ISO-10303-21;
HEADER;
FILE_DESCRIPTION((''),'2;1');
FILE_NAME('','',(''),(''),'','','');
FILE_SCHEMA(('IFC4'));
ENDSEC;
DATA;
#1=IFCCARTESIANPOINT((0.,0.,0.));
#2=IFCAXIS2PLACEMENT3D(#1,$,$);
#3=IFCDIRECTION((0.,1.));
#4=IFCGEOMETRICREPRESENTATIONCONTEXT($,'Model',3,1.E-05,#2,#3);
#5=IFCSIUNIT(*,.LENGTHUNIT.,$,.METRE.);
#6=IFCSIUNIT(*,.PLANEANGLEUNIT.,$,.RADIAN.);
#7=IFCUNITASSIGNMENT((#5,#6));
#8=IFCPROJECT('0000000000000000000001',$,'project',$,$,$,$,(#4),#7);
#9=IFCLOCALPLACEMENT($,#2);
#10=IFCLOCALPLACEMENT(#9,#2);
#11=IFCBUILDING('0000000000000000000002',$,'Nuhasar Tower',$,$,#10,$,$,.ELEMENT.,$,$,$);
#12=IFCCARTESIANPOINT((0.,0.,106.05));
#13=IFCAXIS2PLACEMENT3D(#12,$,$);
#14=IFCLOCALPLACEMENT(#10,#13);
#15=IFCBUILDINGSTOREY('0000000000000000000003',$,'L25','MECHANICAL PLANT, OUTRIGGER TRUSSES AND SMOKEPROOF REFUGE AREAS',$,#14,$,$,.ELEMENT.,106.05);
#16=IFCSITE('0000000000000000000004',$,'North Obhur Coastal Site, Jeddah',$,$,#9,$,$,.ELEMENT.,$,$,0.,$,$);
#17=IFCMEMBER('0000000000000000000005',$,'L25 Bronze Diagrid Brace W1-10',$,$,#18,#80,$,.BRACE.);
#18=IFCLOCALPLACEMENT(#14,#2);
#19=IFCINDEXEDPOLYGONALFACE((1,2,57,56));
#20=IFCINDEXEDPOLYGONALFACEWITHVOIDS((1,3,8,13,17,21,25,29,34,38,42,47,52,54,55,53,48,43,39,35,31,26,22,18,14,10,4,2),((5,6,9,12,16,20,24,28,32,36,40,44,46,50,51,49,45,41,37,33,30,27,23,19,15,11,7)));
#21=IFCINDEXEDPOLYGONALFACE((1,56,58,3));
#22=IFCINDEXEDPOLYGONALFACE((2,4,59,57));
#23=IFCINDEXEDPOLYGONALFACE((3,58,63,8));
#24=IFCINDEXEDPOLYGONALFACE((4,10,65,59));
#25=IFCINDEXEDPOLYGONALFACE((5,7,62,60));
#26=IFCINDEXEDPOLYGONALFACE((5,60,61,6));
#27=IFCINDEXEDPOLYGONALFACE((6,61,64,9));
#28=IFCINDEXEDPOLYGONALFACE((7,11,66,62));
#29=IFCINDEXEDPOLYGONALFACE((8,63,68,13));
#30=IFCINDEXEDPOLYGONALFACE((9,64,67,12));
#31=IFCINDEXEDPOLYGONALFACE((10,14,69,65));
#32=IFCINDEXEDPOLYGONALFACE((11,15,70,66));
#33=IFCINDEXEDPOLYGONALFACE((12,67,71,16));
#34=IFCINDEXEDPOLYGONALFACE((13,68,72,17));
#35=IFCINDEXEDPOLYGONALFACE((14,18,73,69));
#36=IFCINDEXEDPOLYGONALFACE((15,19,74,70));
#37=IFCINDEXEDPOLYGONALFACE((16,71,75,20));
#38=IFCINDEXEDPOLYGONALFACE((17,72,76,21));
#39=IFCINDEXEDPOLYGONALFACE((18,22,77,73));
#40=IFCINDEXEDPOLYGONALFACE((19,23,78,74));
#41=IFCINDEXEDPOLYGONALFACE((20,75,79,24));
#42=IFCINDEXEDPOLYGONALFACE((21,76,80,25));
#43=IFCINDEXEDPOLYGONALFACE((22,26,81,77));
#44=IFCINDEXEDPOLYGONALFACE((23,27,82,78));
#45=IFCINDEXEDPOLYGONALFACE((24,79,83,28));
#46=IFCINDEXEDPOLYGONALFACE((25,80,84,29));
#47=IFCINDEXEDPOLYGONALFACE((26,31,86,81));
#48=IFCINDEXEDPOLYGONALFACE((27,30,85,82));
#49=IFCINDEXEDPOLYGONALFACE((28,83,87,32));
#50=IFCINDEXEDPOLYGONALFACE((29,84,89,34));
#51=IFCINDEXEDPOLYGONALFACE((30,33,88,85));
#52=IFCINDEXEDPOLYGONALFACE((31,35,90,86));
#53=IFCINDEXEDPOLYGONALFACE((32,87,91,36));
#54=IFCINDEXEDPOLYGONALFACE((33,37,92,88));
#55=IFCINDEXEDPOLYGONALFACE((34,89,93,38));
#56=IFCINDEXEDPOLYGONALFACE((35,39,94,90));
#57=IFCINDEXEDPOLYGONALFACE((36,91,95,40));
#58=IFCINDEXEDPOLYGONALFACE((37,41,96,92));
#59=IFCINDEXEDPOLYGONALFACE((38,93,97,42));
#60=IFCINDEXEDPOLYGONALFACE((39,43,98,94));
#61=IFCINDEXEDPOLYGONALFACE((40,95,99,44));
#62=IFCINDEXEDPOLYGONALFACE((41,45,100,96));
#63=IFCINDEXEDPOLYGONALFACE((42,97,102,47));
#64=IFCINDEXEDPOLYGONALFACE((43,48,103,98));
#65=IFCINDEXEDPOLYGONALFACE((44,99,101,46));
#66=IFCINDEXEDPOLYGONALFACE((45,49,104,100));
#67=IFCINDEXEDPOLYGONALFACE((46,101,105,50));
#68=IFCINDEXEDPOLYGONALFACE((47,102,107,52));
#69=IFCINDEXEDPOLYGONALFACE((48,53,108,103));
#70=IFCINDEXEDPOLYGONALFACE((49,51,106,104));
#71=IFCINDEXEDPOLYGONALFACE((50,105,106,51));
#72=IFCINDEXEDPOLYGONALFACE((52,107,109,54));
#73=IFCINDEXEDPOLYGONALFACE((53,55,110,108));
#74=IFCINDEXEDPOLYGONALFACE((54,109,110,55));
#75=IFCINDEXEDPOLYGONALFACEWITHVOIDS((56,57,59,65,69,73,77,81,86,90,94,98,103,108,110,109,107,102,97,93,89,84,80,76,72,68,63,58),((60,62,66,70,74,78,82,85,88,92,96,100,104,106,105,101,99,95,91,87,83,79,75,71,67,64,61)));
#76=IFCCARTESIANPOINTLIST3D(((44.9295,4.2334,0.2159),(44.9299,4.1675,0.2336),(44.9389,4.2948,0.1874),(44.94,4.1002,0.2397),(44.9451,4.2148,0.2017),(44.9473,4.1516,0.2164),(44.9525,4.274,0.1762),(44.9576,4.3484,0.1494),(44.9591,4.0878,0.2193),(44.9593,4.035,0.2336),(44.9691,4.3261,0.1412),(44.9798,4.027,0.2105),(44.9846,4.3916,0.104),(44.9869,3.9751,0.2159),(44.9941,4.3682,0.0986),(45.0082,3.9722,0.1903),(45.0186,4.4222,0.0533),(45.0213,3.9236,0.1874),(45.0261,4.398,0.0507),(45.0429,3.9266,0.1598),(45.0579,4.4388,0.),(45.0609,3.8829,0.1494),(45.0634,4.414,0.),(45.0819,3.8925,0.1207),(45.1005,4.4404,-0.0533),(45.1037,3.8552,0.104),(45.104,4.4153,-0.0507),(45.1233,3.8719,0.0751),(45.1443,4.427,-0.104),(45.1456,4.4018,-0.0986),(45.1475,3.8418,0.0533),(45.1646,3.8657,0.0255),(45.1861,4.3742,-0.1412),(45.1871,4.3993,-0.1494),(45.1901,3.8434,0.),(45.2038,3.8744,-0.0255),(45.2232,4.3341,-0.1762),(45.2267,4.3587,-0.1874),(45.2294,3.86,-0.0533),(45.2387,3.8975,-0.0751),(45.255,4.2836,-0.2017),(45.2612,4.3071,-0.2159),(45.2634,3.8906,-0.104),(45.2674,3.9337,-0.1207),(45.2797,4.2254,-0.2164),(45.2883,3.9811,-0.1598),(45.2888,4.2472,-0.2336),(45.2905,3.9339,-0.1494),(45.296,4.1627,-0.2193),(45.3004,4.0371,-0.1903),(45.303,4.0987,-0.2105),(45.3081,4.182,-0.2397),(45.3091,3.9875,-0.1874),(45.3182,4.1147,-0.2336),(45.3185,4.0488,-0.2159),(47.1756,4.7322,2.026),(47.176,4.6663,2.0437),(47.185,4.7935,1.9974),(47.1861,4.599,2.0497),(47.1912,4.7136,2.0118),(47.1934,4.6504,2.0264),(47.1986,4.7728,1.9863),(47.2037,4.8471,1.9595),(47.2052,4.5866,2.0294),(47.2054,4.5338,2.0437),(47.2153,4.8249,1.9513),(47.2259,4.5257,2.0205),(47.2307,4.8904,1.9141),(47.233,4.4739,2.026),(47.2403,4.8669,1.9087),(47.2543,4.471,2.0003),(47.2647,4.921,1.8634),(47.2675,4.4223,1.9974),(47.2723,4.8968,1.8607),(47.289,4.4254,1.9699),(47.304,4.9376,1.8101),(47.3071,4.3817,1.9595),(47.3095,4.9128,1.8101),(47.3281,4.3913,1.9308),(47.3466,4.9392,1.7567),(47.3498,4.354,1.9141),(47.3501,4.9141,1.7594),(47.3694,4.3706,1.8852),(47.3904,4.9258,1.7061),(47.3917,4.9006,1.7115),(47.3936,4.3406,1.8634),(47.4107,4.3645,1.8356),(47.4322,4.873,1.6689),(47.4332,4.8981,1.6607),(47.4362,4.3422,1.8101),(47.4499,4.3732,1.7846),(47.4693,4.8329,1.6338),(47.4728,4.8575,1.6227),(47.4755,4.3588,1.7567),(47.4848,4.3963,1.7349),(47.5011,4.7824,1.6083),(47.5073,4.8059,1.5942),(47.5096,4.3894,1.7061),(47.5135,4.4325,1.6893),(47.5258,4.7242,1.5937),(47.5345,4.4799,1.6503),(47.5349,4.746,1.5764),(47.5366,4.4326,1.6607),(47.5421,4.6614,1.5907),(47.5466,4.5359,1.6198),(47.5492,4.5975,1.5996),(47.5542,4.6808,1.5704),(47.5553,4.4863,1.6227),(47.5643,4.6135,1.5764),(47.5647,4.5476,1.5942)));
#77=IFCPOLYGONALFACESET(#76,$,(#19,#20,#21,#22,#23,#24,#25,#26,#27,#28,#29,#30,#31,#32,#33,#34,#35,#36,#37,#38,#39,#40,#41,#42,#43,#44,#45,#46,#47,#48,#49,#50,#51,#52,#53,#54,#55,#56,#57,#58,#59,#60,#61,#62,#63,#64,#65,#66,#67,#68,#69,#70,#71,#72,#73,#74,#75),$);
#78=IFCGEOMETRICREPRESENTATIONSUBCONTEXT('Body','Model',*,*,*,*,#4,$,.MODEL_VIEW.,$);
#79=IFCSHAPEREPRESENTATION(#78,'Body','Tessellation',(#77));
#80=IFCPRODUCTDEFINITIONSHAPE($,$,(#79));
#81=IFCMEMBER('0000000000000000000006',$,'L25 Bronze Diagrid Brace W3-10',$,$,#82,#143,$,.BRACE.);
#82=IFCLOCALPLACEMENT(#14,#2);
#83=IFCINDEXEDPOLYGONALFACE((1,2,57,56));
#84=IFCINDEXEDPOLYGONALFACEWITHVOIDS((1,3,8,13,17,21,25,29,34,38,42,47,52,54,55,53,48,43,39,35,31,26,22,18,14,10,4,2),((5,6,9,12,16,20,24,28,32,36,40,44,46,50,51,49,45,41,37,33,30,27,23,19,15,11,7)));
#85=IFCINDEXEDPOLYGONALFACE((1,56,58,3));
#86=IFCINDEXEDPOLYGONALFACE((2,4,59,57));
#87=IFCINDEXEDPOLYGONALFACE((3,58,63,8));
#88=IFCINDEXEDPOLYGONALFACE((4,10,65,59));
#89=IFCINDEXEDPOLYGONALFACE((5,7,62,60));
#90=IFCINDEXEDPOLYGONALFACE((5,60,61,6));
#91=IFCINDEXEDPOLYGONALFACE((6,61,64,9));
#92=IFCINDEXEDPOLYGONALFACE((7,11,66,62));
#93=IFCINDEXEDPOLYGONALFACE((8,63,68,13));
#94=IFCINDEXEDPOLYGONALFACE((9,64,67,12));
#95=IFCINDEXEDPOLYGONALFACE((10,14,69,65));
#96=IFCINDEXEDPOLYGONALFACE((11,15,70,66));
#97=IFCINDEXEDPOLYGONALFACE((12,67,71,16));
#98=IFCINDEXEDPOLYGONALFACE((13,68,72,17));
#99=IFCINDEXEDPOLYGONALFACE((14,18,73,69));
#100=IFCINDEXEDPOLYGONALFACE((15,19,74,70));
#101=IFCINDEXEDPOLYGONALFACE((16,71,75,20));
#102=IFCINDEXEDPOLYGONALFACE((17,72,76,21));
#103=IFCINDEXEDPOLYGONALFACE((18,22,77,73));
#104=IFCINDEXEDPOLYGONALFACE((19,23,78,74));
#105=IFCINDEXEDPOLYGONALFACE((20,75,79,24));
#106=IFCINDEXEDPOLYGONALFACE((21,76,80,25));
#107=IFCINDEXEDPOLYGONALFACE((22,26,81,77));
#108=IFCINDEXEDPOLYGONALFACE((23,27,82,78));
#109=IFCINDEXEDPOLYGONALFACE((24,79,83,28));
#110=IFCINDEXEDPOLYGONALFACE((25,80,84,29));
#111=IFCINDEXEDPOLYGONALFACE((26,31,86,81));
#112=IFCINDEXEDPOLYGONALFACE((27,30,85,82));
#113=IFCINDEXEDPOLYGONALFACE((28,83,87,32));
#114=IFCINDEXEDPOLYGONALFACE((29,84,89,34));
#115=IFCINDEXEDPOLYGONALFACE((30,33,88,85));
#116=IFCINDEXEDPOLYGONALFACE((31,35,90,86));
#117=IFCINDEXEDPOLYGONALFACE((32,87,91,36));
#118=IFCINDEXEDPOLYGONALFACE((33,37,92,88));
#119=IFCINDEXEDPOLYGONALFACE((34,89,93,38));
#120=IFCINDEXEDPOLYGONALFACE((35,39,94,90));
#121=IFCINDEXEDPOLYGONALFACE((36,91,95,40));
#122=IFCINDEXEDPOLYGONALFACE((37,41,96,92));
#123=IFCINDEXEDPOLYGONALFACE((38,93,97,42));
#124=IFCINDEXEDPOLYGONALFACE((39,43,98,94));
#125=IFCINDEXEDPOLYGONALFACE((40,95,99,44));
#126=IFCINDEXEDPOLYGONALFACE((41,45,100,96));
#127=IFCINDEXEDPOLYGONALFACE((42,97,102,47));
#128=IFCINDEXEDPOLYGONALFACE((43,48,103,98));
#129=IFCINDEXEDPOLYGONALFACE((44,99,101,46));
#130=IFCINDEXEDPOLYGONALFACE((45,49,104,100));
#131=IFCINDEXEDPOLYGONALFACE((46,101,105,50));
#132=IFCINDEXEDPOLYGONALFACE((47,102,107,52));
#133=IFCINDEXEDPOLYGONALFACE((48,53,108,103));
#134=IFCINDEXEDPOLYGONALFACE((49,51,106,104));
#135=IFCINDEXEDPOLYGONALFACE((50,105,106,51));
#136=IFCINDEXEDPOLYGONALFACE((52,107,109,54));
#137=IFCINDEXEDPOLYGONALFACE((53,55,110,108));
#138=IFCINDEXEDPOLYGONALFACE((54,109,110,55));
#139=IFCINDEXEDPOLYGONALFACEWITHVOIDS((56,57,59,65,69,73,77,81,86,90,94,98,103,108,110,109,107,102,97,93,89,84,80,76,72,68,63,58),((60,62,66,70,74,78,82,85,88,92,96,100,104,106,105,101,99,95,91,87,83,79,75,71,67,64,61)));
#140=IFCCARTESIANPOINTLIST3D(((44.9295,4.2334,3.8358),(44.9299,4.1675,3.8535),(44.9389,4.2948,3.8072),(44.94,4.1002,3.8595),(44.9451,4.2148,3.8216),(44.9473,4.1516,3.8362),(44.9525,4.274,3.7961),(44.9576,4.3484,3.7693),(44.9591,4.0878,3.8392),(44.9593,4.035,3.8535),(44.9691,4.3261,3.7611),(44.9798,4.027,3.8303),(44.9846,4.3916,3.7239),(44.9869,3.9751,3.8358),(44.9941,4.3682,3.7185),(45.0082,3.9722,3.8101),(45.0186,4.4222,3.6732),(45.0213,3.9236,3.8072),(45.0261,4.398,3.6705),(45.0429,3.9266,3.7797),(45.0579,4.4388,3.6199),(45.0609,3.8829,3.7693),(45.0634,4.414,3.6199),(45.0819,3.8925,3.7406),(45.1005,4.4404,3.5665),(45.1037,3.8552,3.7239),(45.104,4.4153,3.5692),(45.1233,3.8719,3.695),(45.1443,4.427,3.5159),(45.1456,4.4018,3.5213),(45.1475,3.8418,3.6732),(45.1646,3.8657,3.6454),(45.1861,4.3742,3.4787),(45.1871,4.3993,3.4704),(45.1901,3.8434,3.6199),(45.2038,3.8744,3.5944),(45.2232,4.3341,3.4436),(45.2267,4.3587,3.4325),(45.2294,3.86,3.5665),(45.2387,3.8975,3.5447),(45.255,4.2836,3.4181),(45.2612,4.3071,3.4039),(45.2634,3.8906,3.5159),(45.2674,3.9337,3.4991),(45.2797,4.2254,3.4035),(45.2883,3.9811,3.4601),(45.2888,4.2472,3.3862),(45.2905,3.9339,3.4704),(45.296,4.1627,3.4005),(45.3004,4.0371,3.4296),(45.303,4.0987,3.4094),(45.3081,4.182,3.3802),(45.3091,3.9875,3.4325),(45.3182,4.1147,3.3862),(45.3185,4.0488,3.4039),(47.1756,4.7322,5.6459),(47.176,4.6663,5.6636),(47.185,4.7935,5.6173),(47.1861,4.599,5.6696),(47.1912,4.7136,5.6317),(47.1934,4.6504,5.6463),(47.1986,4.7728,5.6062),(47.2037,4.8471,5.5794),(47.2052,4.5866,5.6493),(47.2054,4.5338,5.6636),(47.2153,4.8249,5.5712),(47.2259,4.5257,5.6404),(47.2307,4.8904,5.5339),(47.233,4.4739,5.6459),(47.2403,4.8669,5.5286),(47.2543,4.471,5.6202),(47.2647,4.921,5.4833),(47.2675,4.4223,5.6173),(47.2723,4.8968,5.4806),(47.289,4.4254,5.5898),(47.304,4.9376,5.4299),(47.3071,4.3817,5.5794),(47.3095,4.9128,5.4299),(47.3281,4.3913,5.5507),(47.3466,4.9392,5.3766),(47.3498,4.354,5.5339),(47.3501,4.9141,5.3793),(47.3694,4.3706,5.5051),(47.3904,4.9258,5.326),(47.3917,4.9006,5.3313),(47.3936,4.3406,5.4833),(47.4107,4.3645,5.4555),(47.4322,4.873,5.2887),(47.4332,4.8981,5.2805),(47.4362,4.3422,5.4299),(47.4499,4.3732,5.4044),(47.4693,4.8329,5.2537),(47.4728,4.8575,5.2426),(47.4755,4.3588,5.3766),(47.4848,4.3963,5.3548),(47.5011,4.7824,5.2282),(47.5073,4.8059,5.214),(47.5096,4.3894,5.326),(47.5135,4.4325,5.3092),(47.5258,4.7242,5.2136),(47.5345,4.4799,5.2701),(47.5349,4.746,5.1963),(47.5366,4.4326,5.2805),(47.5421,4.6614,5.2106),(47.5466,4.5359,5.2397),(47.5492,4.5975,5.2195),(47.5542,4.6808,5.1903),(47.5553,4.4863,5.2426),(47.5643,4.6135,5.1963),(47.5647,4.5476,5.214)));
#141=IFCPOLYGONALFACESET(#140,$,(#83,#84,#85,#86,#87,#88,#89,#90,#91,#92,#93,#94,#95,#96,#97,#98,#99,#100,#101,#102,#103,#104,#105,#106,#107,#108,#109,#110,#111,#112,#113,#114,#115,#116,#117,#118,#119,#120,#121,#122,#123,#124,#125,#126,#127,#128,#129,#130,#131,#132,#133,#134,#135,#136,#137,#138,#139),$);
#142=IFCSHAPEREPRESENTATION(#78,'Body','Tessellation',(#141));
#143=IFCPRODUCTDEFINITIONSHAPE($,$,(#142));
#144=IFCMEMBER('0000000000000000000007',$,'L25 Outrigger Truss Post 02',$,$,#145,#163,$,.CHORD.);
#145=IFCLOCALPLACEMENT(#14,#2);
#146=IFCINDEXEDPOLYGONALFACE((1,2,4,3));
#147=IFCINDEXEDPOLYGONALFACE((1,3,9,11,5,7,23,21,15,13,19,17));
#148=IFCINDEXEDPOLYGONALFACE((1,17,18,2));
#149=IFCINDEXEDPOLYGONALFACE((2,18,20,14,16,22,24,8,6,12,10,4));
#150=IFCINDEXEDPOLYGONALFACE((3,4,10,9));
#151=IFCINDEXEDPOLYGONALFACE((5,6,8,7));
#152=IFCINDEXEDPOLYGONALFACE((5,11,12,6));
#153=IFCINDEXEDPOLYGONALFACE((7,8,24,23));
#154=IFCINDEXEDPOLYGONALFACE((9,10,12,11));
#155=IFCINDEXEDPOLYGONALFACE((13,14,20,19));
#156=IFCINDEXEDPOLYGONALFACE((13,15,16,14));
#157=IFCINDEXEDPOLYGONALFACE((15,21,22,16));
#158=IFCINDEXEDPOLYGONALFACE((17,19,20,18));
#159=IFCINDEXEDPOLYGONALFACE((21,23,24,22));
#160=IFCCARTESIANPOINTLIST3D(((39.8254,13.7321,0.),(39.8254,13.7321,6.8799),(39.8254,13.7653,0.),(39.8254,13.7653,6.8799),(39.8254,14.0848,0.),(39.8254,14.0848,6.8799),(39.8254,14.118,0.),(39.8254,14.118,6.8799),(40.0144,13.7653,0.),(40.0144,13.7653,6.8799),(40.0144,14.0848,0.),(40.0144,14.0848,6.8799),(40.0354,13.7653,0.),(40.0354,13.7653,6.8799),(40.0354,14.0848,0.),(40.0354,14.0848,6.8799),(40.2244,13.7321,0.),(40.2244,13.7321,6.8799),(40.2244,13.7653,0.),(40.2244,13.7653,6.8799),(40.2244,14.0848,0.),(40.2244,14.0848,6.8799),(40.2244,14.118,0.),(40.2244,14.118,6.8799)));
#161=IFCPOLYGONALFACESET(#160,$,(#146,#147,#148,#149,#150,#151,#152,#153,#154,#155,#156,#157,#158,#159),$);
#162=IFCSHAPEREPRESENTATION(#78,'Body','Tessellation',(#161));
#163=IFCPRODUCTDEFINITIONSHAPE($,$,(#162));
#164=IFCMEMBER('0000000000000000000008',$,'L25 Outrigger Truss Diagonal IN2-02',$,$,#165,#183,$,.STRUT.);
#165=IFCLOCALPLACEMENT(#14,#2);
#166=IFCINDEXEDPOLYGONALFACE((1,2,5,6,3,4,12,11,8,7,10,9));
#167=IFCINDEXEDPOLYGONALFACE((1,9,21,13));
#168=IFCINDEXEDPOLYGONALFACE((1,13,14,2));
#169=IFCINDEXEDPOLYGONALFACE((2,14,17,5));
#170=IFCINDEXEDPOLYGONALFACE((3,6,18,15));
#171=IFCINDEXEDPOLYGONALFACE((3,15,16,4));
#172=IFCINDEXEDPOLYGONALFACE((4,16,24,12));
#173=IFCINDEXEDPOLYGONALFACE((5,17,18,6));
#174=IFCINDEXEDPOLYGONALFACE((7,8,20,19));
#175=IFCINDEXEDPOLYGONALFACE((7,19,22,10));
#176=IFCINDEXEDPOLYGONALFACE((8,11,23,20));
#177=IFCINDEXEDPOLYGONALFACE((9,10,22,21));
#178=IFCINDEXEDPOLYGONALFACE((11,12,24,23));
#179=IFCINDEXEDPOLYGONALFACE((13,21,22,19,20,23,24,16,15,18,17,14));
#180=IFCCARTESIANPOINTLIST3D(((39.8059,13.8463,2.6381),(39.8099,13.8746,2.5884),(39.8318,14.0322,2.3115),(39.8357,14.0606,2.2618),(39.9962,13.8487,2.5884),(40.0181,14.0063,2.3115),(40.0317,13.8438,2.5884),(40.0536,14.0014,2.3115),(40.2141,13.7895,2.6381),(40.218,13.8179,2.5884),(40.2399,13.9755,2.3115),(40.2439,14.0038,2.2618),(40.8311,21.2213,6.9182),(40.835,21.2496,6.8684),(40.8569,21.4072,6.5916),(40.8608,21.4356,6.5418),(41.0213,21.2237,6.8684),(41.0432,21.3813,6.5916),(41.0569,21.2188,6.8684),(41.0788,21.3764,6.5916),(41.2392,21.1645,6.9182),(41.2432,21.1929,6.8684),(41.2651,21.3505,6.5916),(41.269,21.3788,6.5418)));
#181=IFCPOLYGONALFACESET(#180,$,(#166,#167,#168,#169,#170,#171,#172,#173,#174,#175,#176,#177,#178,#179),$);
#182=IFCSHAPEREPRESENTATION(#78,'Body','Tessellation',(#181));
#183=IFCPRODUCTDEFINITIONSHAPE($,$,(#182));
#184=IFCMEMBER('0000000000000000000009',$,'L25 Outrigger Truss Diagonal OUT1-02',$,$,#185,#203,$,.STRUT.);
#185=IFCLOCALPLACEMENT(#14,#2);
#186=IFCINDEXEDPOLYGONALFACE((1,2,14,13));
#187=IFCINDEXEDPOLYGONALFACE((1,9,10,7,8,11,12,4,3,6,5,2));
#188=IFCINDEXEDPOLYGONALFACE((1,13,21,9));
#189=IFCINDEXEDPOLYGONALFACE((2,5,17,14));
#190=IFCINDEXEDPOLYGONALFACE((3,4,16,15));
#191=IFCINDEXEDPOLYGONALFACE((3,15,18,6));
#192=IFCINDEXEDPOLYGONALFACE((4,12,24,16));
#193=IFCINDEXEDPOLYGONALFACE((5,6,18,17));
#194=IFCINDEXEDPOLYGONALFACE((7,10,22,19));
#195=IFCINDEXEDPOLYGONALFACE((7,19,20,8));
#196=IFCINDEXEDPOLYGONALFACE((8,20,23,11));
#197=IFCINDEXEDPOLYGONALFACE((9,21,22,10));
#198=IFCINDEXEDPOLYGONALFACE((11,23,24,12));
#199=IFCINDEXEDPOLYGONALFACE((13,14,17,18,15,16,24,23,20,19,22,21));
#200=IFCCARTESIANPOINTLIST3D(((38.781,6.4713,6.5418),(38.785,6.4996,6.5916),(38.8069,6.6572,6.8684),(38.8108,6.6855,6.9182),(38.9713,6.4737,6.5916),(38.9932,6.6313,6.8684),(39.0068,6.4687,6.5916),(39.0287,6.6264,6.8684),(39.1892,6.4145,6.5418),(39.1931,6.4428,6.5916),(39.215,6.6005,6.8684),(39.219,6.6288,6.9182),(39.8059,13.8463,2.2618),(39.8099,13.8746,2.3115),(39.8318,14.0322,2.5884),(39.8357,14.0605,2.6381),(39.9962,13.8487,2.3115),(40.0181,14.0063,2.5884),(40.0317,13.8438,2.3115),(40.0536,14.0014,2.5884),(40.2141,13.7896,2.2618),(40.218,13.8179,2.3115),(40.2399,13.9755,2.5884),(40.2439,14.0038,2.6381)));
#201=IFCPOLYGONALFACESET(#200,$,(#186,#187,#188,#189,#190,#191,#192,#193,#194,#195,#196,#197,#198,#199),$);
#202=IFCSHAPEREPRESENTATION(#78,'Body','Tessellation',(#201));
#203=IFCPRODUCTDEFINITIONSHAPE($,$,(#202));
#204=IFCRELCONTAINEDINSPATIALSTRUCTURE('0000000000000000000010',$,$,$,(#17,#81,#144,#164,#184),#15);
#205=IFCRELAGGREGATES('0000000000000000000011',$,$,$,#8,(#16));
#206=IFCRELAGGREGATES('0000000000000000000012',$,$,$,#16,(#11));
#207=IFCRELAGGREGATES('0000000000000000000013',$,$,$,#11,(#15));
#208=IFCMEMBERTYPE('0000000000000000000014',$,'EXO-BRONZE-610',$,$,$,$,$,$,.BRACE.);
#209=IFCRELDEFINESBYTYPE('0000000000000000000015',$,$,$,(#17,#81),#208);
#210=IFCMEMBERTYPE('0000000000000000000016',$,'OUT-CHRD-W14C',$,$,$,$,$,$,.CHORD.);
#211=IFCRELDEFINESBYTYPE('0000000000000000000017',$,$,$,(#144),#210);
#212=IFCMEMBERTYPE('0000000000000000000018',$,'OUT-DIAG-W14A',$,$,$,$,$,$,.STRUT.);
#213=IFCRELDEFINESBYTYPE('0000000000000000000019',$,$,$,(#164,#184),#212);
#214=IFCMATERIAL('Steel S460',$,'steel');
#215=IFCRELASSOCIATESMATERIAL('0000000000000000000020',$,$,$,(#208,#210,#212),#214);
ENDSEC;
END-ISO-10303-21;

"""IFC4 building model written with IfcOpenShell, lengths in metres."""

from ifc_helpers import new_model, si_unit, direction, frame, origin, origin_2d, place, context, subcontext, project, spatial, hollow_circle, i_section, extrude, material, material_profile, profile_set, type_object, element, save


model = new_model("IFC4")

# Units and contexts
model_context = context("Model", 3, precision=1e-05, world=origin(), true_north=direction((0.0, 1.0)))
body_context = subcontext(model_context, "Body", "Model", "MODEL_VIEW")
ifc_project = project(units=[si_unit("LENGTHUNIT", "METRE"), si_unit("PLANEANGLEUNIT", "RADIAN")], contexts=[model_context])

# Site, building, storey
site_placement = place(None, origin())
site = spatial("IfcSite", under=ifc_project, at=site_placement, Name="North Obhur Coastal Site, Jeddah", CompositionType="ELEMENT", RefElevation=0.0)
building_placement = place(site_placement, origin())
building = spatial("IfcBuilding", under=site, at=building_placement, Name="Nuhasar Tower", CompositionType="ELEMENT")
storey_placement = place(building_placement, frame((0.0, 0.0, 106.05)))
storey = spatial("IfcBuildingStorey", under=building, at=storey_placement, Name="L25", Description="MECHANICAL PLANT, OUTRIGGER TRUSSES AND SMOKEPROOF REFUGE AREAS", CompositionType="ELEMENT", Elevation=106.05)

# Shared definitions
ifc_material_1 = material(Name="Steel S460", Category="steel")

# Members
ifc_material_profile_1 = material_profile(ifc_material_1, hollow_circle(Radius=0.3049, WallThickness=0.0254, at=origin_2d()), Name="HSS610X25.4")
ifc_profile_set_1 = profile_set([ifc_material_profile_1], Name="Steel S460")
member_type_1 = type_object("IfcMemberType", Name="EXO-BRONZE-610", PredefinedType="BRACE", material=ifc_profile_set_1)
for number, where, z_axis, x_axis, name in (
    (1, (45.124, 4.1411, 0.0), (0.76725, 0.170379, 0.618303), (-0.216784, 0.97622, 0.0), "L25 Bronze Diagrid Brace W1-10"),
    (2, (45.124, 4.1411, 3.6199), (0.76725, 0.170379, 0.618303), (-0.216784, 0.97622, 0.0), "L25 Bronze Diagrid Brace W3-10"),
):
    element("IfcMember", number, at=place(storey_placement, frame(where, z_axis=z_axis, x_axis=x_axis)), inside=storey, type_object=member_type_1, Name=name, PredefinedType="BRACE", context=body_context, shape_type="SweptSolid", body=[
        extrude(hollow_circle(Radius=0.3049, WallThickness=0.0254, at=origin_2d()), origin(), (0.0, 0.0, 1.0), 2.9275),
    ])
ifc_material_profile_2 = material_profile(ifc_material_1, i_section(OverallWidth=0.3989, OverallDepth=0.386, WebThickness=0.021, FlangeThickness=0.0332, at=origin_2d()), Name="W14X176")
ifc_profile_set_2 = profile_set([ifc_material_profile_2], Name="Steel S460")
member_type_2 = type_object("IfcMemberType", Name="OUT-CHRD-W14C", PredefinedType="CHORD", material=ifc_profile_set_2)
member_1_placement = place(storey_placement, frame((40.0249, 13.925, 0.0), z_axis=(0.0, 0.0, 1.0), x_axis=(1.0, 0.0, 0.0)))
element("IfcMember", 3, at=member_1_placement, inside=storey, type_object=member_type_2, Name="L25 Outrigger Truss Post 02", PredefinedType="CHORD", context=body_context, shape_type="SweptSolid", body=[
    extrude(i_section(OverallWidth=0.3989, OverallDepth=0.386, WebThickness=0.021, FlangeThickness=0.0332, at=origin_2d()), origin(), (0.0, 0.0, 1.0), 6.8799),
])
ifc_material_profile_3 = material_profile(ifc_material_1, i_section(OverallWidth=0.4121, OverallDepth=0.4341, WebThickness=0.0359, FlangeThickness=0.0574, at=origin_2d()), Name="W14X311")
ifc_profile_set_3 = profile_set([ifc_material_profile_3], Name="Steel S460")
member_type_3 = type_object("IfcMemberType", Name="OUT-DIAG-W14A", PredefinedType="STRUT", material=ifc_profile_set_3)
for number, where, z_axis, x_axis, name in (
    (4, (40.0249, 13.925, 2.45), (0.119364, 0.858719, 0.498351), (-0.990477, 0.137679, 0.0), "L25 Outrigger Truss Diagonal IN2-02"),
    (5, (40.0249, 13.925, 2.45), (-0.119336, -0.858722, 0.498353), (0.990481, -0.137647, 0.0), "L25 Outrigger Truss Diagonal OUT1-02"),
):
    element("IfcMember", number, at=place(storey_placement, frame(where, z_axis=z_axis, x_axis=x_axis)), inside=storey, type_object=member_type_3, Name=name, PredefinedType="STRUT", context=body_context, shape_type="SweptSolid", body=[
        extrude(i_section(OverallWidth=0.4121, OverallDepth=0.4341, WebThickness=0.0359, FlangeThickness=0.0574, at=origin_2d()), origin(), (0.0, 0.0, 1.0), 8.5884),
    ])

save(model, "model.ifc")
